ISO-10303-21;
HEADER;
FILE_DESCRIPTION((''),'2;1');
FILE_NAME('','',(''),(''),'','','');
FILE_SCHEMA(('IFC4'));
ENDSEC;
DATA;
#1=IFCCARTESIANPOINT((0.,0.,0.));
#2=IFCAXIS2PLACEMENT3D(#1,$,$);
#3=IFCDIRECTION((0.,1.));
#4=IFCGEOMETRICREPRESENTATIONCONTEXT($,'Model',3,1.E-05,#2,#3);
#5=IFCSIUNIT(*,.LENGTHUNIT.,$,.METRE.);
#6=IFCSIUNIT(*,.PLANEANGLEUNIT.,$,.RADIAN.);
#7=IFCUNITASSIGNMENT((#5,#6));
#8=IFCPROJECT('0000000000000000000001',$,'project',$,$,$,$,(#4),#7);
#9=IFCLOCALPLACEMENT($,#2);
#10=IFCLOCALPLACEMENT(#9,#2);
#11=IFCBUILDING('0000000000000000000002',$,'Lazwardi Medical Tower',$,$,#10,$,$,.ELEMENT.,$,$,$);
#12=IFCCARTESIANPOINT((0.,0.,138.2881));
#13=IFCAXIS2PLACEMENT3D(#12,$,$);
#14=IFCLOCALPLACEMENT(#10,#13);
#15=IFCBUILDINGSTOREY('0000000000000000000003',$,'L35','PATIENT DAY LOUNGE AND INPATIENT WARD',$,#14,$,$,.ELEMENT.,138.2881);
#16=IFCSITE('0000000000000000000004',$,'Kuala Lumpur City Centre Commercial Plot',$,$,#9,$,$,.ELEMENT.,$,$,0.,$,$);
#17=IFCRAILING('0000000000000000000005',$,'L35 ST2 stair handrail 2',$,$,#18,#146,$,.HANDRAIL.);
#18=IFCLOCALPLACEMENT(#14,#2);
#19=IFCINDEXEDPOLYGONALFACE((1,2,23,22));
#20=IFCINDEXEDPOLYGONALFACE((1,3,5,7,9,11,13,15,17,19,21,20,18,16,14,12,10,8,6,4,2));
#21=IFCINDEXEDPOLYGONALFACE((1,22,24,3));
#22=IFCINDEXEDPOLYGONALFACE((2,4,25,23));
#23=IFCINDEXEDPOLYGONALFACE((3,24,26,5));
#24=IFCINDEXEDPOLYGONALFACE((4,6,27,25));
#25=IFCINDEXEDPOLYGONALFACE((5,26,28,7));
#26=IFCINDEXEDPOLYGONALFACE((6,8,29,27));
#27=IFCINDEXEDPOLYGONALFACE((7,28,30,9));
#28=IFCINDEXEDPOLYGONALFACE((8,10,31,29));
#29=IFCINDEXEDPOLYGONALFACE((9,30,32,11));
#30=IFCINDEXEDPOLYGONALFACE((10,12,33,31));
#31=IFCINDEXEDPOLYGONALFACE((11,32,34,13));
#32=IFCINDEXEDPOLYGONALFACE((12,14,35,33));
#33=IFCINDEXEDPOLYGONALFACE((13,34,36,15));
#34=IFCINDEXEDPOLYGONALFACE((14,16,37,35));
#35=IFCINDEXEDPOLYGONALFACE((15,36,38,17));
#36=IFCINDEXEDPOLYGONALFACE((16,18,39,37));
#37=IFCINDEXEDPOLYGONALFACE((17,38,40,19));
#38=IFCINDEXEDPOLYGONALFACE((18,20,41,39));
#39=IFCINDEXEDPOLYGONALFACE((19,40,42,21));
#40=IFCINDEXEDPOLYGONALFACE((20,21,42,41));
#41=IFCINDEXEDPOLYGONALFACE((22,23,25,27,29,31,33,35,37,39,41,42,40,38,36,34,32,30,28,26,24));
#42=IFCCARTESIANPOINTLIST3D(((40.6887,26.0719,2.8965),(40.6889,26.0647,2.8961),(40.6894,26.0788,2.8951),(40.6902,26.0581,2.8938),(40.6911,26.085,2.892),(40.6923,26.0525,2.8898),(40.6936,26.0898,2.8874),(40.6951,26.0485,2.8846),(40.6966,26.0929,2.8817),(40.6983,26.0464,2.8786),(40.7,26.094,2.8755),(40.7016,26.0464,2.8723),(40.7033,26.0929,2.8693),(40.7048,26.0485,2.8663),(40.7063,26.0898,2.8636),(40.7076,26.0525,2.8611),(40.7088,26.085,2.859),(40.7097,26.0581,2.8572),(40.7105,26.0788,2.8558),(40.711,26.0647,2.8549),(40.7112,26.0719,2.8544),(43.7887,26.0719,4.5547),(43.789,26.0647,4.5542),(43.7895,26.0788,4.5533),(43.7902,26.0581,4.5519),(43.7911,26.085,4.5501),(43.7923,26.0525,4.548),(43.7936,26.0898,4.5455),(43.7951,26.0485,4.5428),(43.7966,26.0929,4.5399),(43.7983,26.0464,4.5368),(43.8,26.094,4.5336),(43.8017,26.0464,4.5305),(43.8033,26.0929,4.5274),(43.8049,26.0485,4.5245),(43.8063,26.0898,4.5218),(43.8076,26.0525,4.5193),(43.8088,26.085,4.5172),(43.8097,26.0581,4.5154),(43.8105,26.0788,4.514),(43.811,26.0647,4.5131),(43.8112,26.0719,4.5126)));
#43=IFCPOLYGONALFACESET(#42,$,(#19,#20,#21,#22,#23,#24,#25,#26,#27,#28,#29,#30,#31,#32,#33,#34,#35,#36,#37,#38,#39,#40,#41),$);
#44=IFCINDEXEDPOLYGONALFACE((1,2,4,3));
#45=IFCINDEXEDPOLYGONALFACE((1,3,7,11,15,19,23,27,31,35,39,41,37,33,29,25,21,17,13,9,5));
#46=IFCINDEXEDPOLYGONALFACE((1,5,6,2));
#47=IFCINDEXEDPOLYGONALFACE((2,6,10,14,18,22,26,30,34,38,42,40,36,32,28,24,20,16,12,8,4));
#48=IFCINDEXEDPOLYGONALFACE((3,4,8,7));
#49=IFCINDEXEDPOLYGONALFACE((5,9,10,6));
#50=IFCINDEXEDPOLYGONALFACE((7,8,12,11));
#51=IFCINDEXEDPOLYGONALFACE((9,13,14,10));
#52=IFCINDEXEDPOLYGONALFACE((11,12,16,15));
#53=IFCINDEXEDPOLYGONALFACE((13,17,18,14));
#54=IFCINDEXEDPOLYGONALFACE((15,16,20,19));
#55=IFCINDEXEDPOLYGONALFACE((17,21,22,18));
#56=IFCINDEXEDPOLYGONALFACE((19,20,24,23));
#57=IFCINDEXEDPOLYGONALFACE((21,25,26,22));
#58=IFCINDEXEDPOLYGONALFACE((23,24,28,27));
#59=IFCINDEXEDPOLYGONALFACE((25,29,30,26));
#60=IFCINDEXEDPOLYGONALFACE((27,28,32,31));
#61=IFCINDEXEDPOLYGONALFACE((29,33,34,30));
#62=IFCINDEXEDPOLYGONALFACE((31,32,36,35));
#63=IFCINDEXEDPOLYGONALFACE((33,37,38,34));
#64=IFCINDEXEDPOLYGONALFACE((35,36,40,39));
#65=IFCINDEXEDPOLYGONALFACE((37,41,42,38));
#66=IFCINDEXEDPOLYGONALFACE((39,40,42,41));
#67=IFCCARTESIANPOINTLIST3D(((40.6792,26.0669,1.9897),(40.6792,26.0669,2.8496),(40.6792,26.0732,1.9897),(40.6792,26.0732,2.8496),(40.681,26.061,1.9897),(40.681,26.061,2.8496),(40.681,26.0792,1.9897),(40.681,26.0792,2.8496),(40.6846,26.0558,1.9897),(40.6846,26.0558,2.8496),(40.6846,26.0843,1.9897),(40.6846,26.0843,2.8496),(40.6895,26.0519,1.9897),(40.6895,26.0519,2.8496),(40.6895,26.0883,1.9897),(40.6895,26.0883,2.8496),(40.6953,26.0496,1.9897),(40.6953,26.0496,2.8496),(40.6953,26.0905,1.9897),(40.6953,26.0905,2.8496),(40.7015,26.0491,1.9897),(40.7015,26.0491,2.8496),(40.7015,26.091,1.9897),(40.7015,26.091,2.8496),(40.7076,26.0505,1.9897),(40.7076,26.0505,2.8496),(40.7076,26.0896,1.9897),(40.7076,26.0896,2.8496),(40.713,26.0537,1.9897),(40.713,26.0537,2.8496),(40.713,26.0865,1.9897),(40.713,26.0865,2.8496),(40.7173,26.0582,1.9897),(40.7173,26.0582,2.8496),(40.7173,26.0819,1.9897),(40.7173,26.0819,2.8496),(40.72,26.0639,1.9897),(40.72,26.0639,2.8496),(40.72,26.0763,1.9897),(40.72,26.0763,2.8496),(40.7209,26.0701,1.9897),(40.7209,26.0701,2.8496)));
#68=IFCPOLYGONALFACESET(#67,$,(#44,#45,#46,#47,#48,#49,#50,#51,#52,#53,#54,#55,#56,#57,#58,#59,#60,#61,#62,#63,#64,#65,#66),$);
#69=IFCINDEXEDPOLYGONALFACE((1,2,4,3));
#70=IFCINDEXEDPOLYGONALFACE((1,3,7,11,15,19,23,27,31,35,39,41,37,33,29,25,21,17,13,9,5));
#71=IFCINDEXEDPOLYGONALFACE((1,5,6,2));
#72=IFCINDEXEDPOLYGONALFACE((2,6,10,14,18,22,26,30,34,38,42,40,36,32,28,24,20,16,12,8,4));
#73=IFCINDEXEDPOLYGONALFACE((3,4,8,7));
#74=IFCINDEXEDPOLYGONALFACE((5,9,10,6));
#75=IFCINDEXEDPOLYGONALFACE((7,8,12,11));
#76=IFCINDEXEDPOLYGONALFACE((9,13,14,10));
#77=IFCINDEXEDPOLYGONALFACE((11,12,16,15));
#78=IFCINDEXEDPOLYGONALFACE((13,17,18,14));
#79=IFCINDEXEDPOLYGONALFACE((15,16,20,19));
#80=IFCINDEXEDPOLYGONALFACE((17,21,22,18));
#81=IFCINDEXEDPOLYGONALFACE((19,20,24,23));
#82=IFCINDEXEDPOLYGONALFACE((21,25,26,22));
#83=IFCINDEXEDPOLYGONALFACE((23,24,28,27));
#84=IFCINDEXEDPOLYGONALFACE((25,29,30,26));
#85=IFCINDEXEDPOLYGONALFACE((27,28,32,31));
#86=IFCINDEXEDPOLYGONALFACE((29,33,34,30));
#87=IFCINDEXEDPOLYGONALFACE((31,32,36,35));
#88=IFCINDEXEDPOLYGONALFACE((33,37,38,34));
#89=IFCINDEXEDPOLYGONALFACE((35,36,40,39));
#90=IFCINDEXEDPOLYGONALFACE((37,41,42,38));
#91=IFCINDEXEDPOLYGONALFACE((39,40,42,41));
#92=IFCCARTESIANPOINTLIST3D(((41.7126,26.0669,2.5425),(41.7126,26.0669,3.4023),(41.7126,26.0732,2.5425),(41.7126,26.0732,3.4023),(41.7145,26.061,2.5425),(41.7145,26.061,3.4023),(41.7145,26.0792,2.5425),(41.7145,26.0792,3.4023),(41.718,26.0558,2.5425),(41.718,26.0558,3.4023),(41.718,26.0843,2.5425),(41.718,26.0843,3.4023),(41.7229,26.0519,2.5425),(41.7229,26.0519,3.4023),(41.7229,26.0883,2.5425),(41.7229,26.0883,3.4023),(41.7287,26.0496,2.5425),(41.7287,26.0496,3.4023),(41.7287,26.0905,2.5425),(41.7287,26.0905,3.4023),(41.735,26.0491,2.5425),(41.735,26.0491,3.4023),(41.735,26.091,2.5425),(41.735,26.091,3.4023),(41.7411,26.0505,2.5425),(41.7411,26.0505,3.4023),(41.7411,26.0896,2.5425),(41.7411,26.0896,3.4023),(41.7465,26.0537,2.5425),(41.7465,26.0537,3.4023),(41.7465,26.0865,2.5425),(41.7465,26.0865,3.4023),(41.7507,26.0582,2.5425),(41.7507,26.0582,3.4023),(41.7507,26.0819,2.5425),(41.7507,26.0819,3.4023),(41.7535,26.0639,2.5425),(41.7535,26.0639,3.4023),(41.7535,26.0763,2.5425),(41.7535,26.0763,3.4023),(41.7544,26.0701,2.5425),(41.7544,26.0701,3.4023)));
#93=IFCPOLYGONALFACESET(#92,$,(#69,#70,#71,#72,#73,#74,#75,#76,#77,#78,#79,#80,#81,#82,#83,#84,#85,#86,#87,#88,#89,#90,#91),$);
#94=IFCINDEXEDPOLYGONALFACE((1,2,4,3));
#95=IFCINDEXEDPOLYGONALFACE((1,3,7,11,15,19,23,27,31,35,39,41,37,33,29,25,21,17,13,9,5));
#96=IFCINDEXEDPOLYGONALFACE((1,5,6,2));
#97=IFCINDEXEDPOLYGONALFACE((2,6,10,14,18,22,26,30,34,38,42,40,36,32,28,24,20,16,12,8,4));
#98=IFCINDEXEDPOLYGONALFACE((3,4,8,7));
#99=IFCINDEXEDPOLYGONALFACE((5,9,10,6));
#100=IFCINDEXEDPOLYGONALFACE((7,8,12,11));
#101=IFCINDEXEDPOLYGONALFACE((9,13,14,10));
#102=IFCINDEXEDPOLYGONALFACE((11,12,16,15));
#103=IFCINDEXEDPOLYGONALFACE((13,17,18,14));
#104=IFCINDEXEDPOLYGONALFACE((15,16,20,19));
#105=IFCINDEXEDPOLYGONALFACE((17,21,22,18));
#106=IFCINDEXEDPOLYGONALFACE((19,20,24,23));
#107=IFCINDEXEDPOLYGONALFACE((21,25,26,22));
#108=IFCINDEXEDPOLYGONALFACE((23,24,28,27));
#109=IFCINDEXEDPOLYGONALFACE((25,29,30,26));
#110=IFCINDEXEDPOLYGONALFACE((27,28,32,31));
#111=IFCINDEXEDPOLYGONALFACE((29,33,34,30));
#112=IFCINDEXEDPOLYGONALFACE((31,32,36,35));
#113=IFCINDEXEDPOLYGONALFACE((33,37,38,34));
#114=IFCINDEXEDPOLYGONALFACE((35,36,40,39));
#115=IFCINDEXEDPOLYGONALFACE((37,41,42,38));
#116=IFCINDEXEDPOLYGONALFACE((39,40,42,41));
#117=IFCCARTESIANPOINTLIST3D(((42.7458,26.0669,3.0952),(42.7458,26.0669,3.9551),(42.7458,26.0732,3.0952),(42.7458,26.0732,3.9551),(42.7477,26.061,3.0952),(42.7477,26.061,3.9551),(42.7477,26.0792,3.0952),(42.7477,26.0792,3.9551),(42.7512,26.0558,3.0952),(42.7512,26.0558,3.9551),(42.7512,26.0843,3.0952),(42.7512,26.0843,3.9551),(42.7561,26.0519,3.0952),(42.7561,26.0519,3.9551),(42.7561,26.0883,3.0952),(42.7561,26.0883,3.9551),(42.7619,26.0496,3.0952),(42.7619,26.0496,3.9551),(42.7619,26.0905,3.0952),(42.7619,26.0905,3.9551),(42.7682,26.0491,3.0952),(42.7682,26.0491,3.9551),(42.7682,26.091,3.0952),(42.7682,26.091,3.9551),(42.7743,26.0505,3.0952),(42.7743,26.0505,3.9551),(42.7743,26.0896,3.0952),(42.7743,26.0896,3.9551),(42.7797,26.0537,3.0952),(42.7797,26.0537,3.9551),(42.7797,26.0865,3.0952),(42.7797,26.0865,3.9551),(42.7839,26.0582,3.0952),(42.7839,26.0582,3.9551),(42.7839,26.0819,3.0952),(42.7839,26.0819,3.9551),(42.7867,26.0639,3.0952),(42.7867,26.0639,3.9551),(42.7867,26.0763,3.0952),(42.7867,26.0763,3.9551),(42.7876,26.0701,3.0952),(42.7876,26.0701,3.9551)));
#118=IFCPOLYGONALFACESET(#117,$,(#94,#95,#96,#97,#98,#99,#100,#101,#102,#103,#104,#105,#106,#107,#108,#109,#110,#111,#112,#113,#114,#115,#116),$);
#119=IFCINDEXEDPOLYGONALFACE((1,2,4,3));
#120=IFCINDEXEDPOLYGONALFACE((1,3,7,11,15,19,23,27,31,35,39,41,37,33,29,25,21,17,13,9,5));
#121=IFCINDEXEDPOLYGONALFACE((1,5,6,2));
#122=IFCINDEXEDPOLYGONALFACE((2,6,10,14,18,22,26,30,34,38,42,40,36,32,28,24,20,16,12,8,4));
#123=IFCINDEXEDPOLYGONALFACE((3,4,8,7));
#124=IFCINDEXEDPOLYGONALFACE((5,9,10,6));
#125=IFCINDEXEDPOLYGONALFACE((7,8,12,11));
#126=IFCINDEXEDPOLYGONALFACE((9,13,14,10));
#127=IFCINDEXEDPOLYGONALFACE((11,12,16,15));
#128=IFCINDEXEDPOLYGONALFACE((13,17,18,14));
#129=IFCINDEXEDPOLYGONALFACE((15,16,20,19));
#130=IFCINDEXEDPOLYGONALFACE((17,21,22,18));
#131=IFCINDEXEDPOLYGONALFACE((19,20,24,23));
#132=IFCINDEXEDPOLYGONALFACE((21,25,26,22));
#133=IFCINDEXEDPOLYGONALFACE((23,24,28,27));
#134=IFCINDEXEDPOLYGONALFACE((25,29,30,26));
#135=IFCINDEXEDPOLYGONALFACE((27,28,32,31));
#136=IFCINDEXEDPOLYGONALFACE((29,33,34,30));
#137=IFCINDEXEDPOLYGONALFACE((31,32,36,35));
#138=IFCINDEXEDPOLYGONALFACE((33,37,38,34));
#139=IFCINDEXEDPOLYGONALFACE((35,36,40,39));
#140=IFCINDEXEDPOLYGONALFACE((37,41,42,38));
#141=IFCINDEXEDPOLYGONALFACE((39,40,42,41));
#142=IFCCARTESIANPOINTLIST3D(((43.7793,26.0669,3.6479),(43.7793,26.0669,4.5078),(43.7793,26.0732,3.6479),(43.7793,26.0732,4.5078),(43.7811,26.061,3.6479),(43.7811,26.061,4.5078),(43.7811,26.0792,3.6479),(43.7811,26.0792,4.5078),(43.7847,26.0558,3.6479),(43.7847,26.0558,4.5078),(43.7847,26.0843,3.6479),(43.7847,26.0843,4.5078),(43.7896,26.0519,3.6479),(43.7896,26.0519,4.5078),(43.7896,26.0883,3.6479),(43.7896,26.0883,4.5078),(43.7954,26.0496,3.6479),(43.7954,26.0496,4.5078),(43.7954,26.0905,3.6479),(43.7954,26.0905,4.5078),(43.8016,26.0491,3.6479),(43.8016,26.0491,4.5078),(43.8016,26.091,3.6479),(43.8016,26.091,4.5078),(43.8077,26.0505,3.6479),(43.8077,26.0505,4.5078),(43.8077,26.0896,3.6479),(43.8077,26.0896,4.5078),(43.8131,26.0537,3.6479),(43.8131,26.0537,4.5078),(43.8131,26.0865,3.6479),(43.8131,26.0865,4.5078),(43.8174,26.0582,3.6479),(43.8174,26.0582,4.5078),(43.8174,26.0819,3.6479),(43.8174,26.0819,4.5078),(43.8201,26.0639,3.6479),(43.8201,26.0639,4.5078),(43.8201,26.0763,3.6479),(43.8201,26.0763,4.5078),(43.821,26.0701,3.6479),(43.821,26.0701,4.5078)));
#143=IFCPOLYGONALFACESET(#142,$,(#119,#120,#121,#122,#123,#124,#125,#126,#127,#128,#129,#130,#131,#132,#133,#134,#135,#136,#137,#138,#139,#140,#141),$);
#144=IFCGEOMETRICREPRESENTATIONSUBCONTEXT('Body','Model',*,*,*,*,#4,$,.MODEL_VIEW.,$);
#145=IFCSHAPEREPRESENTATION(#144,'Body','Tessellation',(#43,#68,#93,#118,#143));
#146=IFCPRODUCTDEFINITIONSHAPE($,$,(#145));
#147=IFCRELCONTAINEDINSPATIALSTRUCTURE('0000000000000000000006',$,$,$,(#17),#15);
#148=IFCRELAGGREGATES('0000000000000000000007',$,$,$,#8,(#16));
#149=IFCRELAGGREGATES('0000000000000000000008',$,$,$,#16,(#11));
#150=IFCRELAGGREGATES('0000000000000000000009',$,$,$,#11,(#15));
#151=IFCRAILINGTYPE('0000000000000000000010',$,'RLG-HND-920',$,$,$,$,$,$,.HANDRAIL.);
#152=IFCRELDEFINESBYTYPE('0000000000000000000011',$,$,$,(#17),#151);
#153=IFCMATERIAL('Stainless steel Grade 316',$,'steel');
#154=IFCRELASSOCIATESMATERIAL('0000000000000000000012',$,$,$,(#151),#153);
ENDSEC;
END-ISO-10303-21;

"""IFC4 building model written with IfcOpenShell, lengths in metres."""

from ifc_helpers import new_model, si_unit, direction, frame, origin, origin_2d, place, context, subcontext, project, spatial, circle, extrude, material, type_object, element, save


model = new_model("IFC4")

# Units and contexts
model_context = context("Model", 3, precision=1e-05, world=origin(), true_north=direction((0.0, 1.0)))
body_context = subcontext(model_context, "Body", "Model", "MODEL_VIEW")
ifc_project = project(units=[si_unit("LENGTHUNIT", "METRE"), si_unit("PLANEANGLEUNIT", "RADIAN")], contexts=[model_context])

# Site, building, storey
site_placement = place(None, origin())
site = spatial("IfcSite", under=ifc_project, at=site_placement, Name="Kuala Lumpur City Centre Commercial Plot", CompositionType="ELEMENT", RefElevation=0.0)
building_placement = place(site_placement, origin())
building = spatial("IfcBuilding", under=site, at=building_placement, Name="Lazwardi Medical Tower", CompositionType="ELEMENT")
storey_placement = place(building_placement, frame((0.0, 0.0, 138.2881)))
storey = spatial("IfcBuildingStorey", under=building, at=storey_placement, Name="L35", Description="PATIENT DAY LOUNGE AND INPATIENT WARD", CompositionType="ELEMENT", Elevation=138.2881)

# Railing
ifc_material_1 = material(Name="Stainless steel Grade 316", Category="steel")
railing_type_1 = type_object("IfcRailingType", Name="RLG-HND-920", PredefinedType="HANDRAIL", material=ifc_material_1)
railing_1_placement = place(storey_placement, frame((40.7, 26.0701, 1.9897)))
element("IfcRailing", 1, at=railing_1_placement, inside=storey, type_object=railing_type_1, Name="L35 ST2 stair handrail 2", PredefinedType="HANDRAIL", context=body_context, shape_type="SweptSolid", body=[
    extrude(circle(Radius=0.0239, at=origin_2d()), frame((0.0, 0.0, 0.8857), z_axis=(0.881783, 0.0, 0.471655), x_axis=(0.0, 1.0, 0.0)), (0.0, 0.0, 1.0), 3.5156),
    extrude(circle(Radius=0.021, at=origin_2d()), origin(), (0.0, 0.0, 1.0), 0.8599),
    extrude(circle(Radius=0.021, at=origin_2d()), frame((1.0334, 0.0, 0.5527)), (0.0, 0.0, 1.0), 0.8599),
    extrude(circle(Radius=0.021, at=origin_2d()), frame((2.0667, 0.0, 1.1055)), (0.0, 0.0, 1.0), 0.8599),
    extrude(circle(Radius=0.021, at=origin_2d()), frame((3.1001, 0.0, 1.6582)), (0.0, 0.0, 1.0), 0.8599),
])

save(model, "model.ifc")
